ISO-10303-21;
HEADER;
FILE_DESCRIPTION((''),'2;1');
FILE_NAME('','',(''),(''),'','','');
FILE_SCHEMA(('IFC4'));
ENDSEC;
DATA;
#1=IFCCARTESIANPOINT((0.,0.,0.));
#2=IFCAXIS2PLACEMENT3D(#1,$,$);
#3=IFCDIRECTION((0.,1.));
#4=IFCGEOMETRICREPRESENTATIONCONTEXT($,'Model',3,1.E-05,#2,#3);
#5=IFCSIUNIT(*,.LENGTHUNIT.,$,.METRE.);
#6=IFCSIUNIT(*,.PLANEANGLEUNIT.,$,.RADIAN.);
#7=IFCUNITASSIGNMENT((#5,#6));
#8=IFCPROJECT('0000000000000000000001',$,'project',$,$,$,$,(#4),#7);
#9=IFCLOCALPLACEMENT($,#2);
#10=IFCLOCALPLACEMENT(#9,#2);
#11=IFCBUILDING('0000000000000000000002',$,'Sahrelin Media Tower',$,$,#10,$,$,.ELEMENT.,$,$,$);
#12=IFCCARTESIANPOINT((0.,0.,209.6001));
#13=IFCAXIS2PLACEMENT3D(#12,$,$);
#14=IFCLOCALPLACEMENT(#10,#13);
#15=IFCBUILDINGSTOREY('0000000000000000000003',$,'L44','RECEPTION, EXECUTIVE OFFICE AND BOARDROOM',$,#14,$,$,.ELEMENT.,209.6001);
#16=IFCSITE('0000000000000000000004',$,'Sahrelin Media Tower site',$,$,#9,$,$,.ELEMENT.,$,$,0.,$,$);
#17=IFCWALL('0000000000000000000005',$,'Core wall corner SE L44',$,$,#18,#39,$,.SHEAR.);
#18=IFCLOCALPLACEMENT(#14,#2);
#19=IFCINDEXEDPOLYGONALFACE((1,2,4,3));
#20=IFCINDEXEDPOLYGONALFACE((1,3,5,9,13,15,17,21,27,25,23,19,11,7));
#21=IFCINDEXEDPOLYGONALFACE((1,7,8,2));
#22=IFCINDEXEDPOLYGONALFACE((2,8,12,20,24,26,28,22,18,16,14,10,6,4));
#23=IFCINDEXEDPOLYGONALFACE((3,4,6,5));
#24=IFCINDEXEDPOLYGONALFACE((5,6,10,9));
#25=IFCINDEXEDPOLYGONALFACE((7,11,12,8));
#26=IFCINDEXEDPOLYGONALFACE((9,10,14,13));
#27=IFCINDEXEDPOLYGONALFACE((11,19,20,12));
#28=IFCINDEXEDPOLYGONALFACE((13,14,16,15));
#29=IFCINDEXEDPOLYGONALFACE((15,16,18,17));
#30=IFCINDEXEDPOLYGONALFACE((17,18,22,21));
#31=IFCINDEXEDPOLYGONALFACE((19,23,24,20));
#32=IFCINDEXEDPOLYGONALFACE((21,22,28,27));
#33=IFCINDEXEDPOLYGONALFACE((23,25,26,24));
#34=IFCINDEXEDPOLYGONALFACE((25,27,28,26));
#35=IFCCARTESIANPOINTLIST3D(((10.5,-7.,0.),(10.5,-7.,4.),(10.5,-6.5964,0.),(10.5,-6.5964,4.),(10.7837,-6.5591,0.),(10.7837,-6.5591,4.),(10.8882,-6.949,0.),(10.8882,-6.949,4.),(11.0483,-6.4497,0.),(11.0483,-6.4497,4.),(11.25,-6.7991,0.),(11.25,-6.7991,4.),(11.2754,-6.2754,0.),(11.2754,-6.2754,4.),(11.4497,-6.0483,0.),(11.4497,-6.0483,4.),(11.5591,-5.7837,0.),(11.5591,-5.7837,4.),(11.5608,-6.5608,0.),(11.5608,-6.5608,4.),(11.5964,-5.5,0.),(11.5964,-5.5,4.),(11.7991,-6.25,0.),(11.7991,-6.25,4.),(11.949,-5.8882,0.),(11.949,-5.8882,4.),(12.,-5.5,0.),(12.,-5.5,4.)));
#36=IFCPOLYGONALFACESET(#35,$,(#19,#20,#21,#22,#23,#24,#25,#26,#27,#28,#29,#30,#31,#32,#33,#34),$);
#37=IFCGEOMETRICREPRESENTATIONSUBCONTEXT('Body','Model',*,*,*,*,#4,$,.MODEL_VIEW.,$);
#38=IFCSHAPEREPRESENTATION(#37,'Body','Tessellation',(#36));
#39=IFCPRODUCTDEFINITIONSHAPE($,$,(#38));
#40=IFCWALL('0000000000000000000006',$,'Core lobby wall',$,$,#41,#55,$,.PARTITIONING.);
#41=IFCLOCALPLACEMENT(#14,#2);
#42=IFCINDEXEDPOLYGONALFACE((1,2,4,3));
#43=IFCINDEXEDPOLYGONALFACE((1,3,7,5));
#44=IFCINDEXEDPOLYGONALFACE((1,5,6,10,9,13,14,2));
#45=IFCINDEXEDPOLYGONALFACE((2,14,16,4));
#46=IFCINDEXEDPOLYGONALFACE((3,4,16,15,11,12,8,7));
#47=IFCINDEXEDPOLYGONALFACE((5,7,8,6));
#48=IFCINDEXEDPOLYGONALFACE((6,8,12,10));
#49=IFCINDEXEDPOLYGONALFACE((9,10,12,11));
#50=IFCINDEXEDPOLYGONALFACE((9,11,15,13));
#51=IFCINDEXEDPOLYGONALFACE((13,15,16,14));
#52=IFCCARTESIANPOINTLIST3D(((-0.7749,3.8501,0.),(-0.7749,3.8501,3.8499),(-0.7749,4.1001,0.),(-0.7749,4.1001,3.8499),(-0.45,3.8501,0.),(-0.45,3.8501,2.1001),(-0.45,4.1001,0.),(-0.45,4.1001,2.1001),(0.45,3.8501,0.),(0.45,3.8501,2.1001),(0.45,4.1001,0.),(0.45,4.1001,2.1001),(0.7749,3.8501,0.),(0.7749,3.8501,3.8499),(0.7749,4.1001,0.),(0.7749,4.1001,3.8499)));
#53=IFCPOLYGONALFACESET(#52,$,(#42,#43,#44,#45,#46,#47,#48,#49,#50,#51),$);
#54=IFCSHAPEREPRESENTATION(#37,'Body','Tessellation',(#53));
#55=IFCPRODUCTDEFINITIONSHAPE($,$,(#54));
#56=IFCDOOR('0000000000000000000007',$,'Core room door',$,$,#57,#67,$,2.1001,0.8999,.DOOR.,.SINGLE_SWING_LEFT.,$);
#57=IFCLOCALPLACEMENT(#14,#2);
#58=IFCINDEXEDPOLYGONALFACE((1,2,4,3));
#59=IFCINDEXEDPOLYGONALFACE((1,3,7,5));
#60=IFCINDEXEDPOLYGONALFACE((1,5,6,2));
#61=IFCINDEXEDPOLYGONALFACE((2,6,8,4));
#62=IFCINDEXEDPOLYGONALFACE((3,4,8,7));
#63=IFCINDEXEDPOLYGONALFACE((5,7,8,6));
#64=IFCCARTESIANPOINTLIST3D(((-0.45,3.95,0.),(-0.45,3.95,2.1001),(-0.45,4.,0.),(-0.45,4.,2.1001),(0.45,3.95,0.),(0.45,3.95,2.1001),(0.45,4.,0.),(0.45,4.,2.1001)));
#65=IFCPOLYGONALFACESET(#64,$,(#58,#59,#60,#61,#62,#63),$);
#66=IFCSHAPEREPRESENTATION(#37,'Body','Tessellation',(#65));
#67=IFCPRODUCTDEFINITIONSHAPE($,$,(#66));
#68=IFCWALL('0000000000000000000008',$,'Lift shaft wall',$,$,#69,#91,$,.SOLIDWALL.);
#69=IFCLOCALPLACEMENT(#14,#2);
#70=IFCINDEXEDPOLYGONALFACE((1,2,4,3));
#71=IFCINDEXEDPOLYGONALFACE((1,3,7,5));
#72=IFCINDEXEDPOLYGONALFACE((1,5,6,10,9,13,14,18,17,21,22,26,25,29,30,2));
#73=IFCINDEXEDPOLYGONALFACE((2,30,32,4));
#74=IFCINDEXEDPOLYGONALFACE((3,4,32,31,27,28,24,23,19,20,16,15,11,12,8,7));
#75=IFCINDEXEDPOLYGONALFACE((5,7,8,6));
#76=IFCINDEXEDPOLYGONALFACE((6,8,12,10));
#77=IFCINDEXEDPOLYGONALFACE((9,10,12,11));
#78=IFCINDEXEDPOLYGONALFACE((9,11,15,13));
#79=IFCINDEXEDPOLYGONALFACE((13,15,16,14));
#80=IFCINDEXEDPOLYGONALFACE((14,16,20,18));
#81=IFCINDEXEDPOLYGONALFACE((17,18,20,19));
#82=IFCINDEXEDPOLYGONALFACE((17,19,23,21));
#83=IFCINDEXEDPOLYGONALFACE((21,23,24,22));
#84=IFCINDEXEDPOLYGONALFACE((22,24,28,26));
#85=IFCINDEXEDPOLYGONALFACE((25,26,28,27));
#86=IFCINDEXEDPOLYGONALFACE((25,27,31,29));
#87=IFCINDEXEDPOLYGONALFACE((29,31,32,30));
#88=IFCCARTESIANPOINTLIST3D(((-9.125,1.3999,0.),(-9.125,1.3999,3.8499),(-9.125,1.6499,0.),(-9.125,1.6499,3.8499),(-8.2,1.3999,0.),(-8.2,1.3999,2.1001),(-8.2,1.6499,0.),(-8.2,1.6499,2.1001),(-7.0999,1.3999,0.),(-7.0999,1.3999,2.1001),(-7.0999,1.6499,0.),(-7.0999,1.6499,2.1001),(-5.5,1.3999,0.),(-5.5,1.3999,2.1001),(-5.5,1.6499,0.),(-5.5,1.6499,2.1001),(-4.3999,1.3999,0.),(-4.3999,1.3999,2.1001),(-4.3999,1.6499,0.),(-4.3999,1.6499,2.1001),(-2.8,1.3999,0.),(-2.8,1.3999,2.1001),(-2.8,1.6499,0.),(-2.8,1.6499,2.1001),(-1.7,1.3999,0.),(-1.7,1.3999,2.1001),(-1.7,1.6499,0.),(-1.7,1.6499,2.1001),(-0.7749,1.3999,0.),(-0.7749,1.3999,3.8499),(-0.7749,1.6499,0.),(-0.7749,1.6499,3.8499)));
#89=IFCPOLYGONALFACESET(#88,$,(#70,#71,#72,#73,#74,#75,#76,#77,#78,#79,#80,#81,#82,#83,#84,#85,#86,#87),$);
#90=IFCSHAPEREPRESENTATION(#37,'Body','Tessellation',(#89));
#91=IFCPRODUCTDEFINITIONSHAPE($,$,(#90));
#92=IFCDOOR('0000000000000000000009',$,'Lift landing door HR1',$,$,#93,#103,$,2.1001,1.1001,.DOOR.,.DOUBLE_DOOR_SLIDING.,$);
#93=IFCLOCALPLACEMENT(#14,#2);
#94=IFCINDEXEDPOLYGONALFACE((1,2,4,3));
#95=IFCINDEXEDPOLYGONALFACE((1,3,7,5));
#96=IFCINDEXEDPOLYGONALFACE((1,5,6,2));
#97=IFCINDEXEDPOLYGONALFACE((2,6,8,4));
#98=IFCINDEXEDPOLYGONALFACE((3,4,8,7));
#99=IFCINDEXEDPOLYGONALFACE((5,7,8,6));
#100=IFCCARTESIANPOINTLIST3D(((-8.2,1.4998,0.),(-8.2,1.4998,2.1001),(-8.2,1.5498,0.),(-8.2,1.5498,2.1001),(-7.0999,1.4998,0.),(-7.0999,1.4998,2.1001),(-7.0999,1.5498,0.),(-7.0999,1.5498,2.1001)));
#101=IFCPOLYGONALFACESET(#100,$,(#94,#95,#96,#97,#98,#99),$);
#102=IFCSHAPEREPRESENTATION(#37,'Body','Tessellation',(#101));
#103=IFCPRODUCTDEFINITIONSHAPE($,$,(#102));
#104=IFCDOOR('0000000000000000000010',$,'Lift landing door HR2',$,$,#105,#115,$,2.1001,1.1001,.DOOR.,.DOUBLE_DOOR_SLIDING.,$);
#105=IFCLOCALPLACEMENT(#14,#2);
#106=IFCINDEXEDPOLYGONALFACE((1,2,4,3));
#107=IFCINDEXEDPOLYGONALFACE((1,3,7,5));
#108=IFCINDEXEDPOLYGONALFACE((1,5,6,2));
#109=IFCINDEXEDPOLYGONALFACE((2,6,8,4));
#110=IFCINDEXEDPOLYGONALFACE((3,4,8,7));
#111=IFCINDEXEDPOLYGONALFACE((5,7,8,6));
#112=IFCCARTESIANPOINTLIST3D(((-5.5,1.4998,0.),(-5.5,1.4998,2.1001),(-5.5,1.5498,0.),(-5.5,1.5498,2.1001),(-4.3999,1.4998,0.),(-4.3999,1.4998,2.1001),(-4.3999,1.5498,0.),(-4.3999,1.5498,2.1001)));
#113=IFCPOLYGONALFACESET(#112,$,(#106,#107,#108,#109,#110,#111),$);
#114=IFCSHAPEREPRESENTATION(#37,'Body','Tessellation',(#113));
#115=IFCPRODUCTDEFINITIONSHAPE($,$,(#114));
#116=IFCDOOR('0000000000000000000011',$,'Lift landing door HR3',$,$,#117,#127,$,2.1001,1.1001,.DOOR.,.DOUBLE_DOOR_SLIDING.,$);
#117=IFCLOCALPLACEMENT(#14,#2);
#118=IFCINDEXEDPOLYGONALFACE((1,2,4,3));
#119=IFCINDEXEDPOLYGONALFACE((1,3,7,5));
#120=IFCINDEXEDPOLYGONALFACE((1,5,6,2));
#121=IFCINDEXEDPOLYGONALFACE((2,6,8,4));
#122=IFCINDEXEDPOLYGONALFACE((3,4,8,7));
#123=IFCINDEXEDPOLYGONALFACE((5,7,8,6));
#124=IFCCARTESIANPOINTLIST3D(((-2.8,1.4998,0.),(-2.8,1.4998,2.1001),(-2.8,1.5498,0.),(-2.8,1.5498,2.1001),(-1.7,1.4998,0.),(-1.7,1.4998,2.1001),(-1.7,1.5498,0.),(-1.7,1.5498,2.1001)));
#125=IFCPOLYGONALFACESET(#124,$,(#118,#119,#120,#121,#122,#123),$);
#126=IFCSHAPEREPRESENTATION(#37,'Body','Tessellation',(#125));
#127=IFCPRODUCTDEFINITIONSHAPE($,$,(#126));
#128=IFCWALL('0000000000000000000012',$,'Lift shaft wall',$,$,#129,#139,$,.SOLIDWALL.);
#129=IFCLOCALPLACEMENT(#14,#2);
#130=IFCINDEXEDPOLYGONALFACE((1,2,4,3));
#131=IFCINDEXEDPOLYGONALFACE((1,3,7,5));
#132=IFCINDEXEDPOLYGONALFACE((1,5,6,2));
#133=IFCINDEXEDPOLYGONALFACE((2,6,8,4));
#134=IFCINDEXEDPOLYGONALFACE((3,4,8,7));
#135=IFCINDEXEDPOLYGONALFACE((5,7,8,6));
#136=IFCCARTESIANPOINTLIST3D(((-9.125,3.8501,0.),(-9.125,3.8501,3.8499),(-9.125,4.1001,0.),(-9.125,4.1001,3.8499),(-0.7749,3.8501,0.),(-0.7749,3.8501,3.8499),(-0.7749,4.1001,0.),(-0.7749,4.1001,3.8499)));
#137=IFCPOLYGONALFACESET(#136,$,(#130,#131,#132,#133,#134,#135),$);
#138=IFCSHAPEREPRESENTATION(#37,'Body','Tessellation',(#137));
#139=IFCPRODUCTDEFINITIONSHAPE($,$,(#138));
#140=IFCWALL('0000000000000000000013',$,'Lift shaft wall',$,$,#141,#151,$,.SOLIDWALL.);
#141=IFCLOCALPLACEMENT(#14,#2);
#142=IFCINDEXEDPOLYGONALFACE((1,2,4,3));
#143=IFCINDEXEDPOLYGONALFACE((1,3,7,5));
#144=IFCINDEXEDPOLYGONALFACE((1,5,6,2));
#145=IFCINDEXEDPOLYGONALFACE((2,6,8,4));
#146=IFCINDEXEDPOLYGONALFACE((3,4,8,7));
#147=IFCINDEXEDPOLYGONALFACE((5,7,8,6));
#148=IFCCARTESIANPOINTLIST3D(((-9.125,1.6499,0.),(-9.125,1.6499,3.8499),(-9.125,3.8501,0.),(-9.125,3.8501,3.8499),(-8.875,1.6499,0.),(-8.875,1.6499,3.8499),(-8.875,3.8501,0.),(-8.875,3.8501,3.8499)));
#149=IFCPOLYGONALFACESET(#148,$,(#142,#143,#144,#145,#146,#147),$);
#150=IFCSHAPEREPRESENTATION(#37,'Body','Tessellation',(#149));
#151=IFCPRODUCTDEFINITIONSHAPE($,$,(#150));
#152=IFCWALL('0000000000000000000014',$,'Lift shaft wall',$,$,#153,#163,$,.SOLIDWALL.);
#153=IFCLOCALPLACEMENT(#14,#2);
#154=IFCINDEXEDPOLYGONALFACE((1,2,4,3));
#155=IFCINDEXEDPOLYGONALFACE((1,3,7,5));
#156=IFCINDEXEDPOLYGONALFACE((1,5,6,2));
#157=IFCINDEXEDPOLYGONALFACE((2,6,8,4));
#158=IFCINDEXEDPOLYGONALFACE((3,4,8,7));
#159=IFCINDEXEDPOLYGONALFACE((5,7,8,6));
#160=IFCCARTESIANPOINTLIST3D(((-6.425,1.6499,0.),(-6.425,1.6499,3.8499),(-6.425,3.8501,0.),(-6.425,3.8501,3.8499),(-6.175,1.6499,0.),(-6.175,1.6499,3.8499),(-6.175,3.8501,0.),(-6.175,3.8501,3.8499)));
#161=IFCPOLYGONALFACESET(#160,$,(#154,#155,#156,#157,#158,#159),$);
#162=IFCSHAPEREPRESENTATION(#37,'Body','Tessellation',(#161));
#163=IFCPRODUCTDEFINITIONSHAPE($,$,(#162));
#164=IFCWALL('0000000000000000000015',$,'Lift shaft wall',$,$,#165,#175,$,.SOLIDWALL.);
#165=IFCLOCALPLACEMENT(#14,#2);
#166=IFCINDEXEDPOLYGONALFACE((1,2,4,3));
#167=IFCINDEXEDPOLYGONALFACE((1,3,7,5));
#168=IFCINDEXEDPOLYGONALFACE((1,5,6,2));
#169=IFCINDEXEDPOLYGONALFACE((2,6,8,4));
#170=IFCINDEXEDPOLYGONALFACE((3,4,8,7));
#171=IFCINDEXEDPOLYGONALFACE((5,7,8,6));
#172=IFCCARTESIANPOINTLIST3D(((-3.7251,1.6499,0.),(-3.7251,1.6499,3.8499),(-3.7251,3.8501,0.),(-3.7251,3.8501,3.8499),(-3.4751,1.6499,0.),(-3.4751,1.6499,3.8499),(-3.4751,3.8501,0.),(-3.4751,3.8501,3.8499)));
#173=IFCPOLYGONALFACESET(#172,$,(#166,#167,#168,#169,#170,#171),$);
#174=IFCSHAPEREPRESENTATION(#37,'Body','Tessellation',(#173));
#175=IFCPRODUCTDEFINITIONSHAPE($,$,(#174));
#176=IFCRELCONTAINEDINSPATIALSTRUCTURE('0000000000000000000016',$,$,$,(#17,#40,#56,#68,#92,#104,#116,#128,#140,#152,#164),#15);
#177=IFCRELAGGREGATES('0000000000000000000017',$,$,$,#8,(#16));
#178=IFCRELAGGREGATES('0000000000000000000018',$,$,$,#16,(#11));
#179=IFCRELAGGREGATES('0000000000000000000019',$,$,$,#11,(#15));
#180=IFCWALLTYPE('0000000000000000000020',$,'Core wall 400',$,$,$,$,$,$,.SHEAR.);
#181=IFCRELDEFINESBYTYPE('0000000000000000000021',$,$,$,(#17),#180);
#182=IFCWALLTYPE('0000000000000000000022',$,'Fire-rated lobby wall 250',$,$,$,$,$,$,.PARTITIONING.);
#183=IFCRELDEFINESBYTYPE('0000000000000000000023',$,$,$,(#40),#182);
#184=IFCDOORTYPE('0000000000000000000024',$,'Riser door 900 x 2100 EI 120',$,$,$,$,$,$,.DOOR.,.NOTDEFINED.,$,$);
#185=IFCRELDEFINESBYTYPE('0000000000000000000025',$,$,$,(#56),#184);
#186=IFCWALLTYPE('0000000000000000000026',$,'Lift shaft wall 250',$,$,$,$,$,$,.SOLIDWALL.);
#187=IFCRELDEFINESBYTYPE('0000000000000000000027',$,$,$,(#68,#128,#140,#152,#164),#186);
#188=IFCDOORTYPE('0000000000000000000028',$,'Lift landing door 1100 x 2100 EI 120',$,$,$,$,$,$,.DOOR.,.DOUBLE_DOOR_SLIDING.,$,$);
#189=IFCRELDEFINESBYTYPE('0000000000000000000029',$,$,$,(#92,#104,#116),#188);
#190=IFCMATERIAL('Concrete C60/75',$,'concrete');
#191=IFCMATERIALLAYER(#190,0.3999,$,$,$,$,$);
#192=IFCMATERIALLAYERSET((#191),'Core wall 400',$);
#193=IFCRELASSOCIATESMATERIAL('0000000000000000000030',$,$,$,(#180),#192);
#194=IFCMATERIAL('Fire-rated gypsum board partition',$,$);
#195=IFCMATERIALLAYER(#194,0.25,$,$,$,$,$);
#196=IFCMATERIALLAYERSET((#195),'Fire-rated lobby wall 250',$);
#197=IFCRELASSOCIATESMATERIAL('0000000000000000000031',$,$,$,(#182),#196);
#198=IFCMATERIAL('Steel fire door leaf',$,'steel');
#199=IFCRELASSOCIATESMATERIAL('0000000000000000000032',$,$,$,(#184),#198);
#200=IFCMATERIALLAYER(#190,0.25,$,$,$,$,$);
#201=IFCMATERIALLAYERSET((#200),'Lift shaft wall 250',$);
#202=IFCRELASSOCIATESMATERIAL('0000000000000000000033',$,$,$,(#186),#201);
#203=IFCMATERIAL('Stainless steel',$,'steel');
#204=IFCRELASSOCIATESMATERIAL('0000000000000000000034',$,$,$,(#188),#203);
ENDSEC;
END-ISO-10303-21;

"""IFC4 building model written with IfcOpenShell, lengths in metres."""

from ifc_helpers import new_model, si_unit, direction, frame, frame_2d, origin, place, context, subcontext, project, spatial, polyline, rectangle, outline, extrude, material, layer, layer_set, type_object, element, fill, save


model = new_model("IFC4")

# Units and contexts
model_context = context("Model", 3, precision=1e-05, world=origin(), true_north=direction((0.0, 1.0)))
body_context = subcontext(model_context, "Body", "Model", "MODEL_VIEW")
ifc_project = project(units=[si_unit("LENGTHUNIT", "METRE"), si_unit("PLANEANGLEUNIT", "RADIAN")], contexts=[model_context])

# Site, building, storey
site_placement = place(None, origin())
site = spatial("IfcSite", under=ifc_project, at=site_placement, Name="Sahrelin Media Tower site", CompositionType="ELEMENT", RefElevation=0.0)
building_placement = place(site_placement, origin())
building = spatial("IfcBuilding", under=site, at=building_placement, Name="Sahrelin Media Tower", CompositionType="ELEMENT")
storey_placement = place(building_placement, frame((0.0, 0.0, 209.6001)))
storey = spatial("IfcBuildingStorey", under=building, at=storey_placement, Name="L44", Description="RECEPTION, EXECUTIVE OFFICE AND BOARDROOM", CompositionType="ELEMENT", Elevation=209.6001)

# Shared definitions
ifc_material_1 = material(Name="Concrete C60/75", Category="concrete")

# Wall
ifc_layer_1 = layer(ifc_material_1, 0.3999)
ifc_layer_set_1 = layer_set([ifc_layer_1], Name="Core wall 400")
wall_type_1 = type_object("IfcWallType", Name="Core wall 400", PredefinedType="SHEAR", material=ifc_layer_set_1)
placement = place(storey_placement, origin())
element("IfcWall", 1, at=placement, inside=storey, type_object=wall_type_1, Name="Core wall corner SE L44", PredefinedType="SHEAR", context=body_context, shape_type="SweptSolid", body=[
    extrude(outline(polyline([(12.0, -5.5), (11.5964, -5.5), (11.5591, -5.7837), (11.4497, -6.0483), (11.2754, -6.2754), (11.0483, -6.4497), (10.7837, -6.5591), (10.5, -6.5964), (10.5, -7.0), (10.8882, -6.949), (11.25, -6.7991), (11.5608, -6.5608), (11.7991, -6.25), (11.949, -5.8882), (12.0, -5.5)])), origin(), (0.0, 0.0, 1.0), 4.0),
])

# Wall, opening, door
ifc_material_2 = material(Name="Fire-rated gypsum board partition")
ifc_layer_2 = layer(ifc_material_2, 0.25)
ifc_layer_set_2 = layer_set([ifc_layer_2], Name="Fire-rated lobby wall 250")
wall_type_2 = type_object("IfcWallType", Name="Fire-rated lobby wall 250", PredefinedType="PARTITIONING", material=ifc_layer_set_2)
wall_1_placement = place(storey_placement, frame((-0.7749, 3.9751, 0.0), z_axis=(0.0, 0.0, 1.0), x_axis=(1.0, 0.0, 0.0)))
wall_1 = element("IfcWall", 2, at=wall_1_placement, inside=storey, type_object=wall_type_2, Name="Core lobby wall", PredefinedType="PARTITIONING", context=body_context, shape_type="SweptSolid", body=[
    extrude(rectangle(XDim=1.5498, YDim=0.25, at=frame_2d((0.7749, 0.0))), origin(), (0.0, 0.0, 1.0), 3.8499),
])
opening_1_placement = place(wall_1_placement, frame((0.325, 0.0, 0.0)))
opening_1 = element("IfcOpeningElement", 3, at=opening_1_placement, cuts=wall_1, PredefinedType="OPENING", context=body_context, shape_type="SweptSolid", body=[
    extrude(rectangle(XDim=0.8999, YDim=2.1001, at=frame_2d((0.45, 1.05))), frame((0.0, 0.125, 0.0), z_axis=(0.0, -1.0, 0.0), x_axis=(1.0, 0.0, 0.0)), (0.0, 0.0, 1.0), 0.25),
])
ifc_material_3 = material(Name="Steel fire door leaf", Category="steel")
door_type_1 = type_object("IfcDoorType", Name="Riser door 900 x 2100 EI 120", OperationType="NOTDEFINED", PredefinedType="DOOR", material=ifc_material_3)
door_1_placement = place(opening_1_placement, origin())
door_1 = element("IfcDoor", 4, at=door_1_placement, inside=storey, type_object=door_type_1, Name="Core room door", OperationType="SINGLE_SWING_LEFT", OverallHeight=2.1001, OverallWidth=0.8999, PredefinedType="DOOR", context=body_context, shape_type="SweptSolid", body=[
    extrude(rectangle(XDim=0.8999, YDim=2.1001, at=frame_2d((0.45, 1.05))), frame((0.0, 0.0249, 0.0), z_axis=(0.0, -1.0, 0.0), x_axis=(1.0, 0.0, 0.0)), (0.0, 0.0, 1.0), 0.05),
])
fill(opening_1, door_1)

# Wall, openings, doors
ifc_layer_3 = layer(ifc_material_1, 0.25)
ifc_layer_set_3 = layer_set([ifc_layer_3], Name="Lift shaft wall 250")
wall_type_3 = type_object("IfcWallType", Name="Lift shaft wall 250", PredefinedType="SOLIDWALL", material=ifc_layer_set_3)
wall_2_placement = place(storey_placement, frame((-9.125, 1.5249, 0.0), z_axis=(0.0, 0.0, 1.0), x_axis=(1.0, 0.0, 0.0)))
wall_2 = element("IfcWall", 5, at=wall_2_placement, inside=storey, type_object=wall_type_3, Name="Lift shaft wall", PredefinedType="SOLIDWALL", context=body_context, shape_type="SweptSolid", body=[
    extrude(rectangle(XDim=8.3501, YDim=0.25, at=frame_2d((4.175, 0.0))), origin(), (0.0, 0.0, 1.0), 3.8499),
])
opening_2_placement = place(wall_2_placement, frame((0.925, 0.0, 0.0)))
opening_2 = element("IfcOpeningElement", 6, at=opening_2_placement, cuts=wall_2, PredefinedType="OPENING", context=body_context, shape_type="SweptSolid", body=[
    extrude(rectangle(XDim=1.1001, YDim=2.1001, at=frame_2d((0.55, 1.05))), frame((0.0, 0.125, 0.0), z_axis=(0.0, -1.0, 0.0), x_axis=(1.0, 0.0, 0.0)), (0.0, 0.0, 1.0), 0.25),
])
opening_3_placement = place(wall_2_placement, frame((3.625, 0.0, 0.0)))
opening_3 = element("IfcOpeningElement", 7, at=opening_3_placement, cuts=wall_2, PredefinedType="OPENING", context=body_context, shape_type="SweptSolid", body=[
    extrude(rectangle(XDim=1.1001, YDim=2.1001, at=frame_2d((0.55, 1.05))), frame((0.0, 0.125, 0.0), z_axis=(0.0, -1.0, 0.0), x_axis=(1.0, 0.0, 0.0)), (0.0, 0.0, 1.0), 0.25),
])
opening_4_placement = place(wall_2_placement, frame((6.325, 0.0, 0.0)))
opening_4 = element("IfcOpeningElement", 8, at=opening_4_placement, cuts=wall_2, PredefinedType="OPENING", context=body_context, shape_type="SweptSolid", body=[
    extrude(rectangle(XDim=1.1001, YDim=2.1001, at=frame_2d((0.55, 1.05))), frame((0.0, 0.125, 0.0), z_axis=(0.0, -1.0, 0.0), x_axis=(1.0, 0.0, 0.0)), (0.0, 0.0, 1.0), 0.25),
])
ifc_material_4 = material(Name="Stainless steel", Category="steel")
door_type_2 = type_object("IfcDoorType", Name="Lift landing door 1100 x 2100 EI 120", OperationType="DOUBLE_DOOR_SLIDING", PredefinedType="DOOR", material=ifc_material_4)
door_2_placement = place(opening_2_placement, origin())
door_2 = element("IfcDoor", 9, at=door_2_placement, inside=storey, type_object=door_type_2, Name="Lift landing door HR1", OperationType="DOUBLE_DOOR_SLIDING", OverallHeight=2.1001, OverallWidth=1.1001, PredefinedType="DOOR", context=body_context, shape_type="SweptSolid", body=[
    extrude(rectangle(XDim=1.1001, YDim=2.1001, at=frame_2d((0.55, 1.05))), frame((0.0, 0.0249, 0.0), z_axis=(0.0, -1.0, 0.0), x_axis=(1.0, 0.0, 0.0)), (0.0, 0.0, 1.0), 0.05),
])
fill(opening_2, door_2)
door_3_placement = place(opening_3_placement, origin())
door_3 = element("IfcDoor", 10, at=door_3_placement, inside=storey, type_object=door_type_2, Name="Lift landing door HR2", OperationType="DOUBLE_DOOR_SLIDING", OverallHeight=2.1001, OverallWidth=1.1001, PredefinedType="DOOR", context=body_context, shape_type="SweptSolid", body=[
    extrude(rectangle(XDim=1.1001, YDim=2.1001, at=frame_2d((0.55, 1.05))), frame((0.0, 0.0249, 0.0), z_axis=(0.0, -1.0, 0.0), x_axis=(1.0, 0.0, 0.0)), (0.0, 0.0, 1.0), 0.05),
])
fill(opening_3, door_3)
door_4_placement = place(opening_4_placement, origin())
door_4 = element("IfcDoor", 11, at=door_4_placement, inside=storey, type_object=door_type_2, Name="Lift landing door HR3", OperationType="DOUBLE_DOOR_SLIDING", OverallHeight=2.1001, OverallWidth=1.1001, PredefinedType="DOOR", context=body_context, shape_type="SweptSolid", body=[
    extrude(rectangle(XDim=1.1001, YDim=2.1001, at=frame_2d((0.55, 1.05))), frame((0.0, 0.0249, 0.0), z_axis=(0.0, -1.0, 0.0), x_axis=(1.0, 0.0, 0.0)), (0.0, 0.0, 1.0), 0.05),
])
fill(opening_4, door_4)

# Walls
wall_3_placement = place(storey_placement, frame((-9.125, 3.9751, 0.0), z_axis=(0.0, 0.0, 1.0), x_axis=(1.0, 0.0, 0.0)))
element("IfcWall", 12, at=wall_3_placement, inside=storey, type_object=wall_type_3, Name="Lift shaft wall", PredefinedType="SOLIDWALL", context=body_context, shape_type="SweptSolid", body=[
    extrude(rectangle(XDim=8.3501, YDim=0.25, at=frame_2d((4.175, 0.0))), origin(), (0.0, 0.0, 1.0), 3.8499),
])
for number, where, z_axis, x_axis, name in (
    (13, (-9.0, 1.6499, 0.0), (0.0, 0.0, 1.0), (0.0, 1.0, 0.0), "Lift shaft wall"),
    (14, (-6.3, 1.6499, 0.0), (0.0, 0.0, 1.0), (0.0, 1.0, 0.0), "Lift shaft wall"),
    (15, (-3.6001, 1.6499, 0.0), (0.0, 0.0, 1.0), (0.0, 1.0, 0.0), "Lift shaft wall"),
):
    element("IfcWall", number, at=place(storey_placement, frame(where, z_axis=z_axis, x_axis=x_axis)), inside=storey, type_object=wall_type_3, Name=name, PredefinedType="SOLIDWALL", context=body_context, shape_type="SweptSolid", body=[
        extrude(rectangle(XDim=2.2002, YDim=0.25, at=frame_2d((1.1001, 0.0))), origin(), (0.0, 0.0, 1.0), 3.8499),
    ])

save(model, "model.ifc")
